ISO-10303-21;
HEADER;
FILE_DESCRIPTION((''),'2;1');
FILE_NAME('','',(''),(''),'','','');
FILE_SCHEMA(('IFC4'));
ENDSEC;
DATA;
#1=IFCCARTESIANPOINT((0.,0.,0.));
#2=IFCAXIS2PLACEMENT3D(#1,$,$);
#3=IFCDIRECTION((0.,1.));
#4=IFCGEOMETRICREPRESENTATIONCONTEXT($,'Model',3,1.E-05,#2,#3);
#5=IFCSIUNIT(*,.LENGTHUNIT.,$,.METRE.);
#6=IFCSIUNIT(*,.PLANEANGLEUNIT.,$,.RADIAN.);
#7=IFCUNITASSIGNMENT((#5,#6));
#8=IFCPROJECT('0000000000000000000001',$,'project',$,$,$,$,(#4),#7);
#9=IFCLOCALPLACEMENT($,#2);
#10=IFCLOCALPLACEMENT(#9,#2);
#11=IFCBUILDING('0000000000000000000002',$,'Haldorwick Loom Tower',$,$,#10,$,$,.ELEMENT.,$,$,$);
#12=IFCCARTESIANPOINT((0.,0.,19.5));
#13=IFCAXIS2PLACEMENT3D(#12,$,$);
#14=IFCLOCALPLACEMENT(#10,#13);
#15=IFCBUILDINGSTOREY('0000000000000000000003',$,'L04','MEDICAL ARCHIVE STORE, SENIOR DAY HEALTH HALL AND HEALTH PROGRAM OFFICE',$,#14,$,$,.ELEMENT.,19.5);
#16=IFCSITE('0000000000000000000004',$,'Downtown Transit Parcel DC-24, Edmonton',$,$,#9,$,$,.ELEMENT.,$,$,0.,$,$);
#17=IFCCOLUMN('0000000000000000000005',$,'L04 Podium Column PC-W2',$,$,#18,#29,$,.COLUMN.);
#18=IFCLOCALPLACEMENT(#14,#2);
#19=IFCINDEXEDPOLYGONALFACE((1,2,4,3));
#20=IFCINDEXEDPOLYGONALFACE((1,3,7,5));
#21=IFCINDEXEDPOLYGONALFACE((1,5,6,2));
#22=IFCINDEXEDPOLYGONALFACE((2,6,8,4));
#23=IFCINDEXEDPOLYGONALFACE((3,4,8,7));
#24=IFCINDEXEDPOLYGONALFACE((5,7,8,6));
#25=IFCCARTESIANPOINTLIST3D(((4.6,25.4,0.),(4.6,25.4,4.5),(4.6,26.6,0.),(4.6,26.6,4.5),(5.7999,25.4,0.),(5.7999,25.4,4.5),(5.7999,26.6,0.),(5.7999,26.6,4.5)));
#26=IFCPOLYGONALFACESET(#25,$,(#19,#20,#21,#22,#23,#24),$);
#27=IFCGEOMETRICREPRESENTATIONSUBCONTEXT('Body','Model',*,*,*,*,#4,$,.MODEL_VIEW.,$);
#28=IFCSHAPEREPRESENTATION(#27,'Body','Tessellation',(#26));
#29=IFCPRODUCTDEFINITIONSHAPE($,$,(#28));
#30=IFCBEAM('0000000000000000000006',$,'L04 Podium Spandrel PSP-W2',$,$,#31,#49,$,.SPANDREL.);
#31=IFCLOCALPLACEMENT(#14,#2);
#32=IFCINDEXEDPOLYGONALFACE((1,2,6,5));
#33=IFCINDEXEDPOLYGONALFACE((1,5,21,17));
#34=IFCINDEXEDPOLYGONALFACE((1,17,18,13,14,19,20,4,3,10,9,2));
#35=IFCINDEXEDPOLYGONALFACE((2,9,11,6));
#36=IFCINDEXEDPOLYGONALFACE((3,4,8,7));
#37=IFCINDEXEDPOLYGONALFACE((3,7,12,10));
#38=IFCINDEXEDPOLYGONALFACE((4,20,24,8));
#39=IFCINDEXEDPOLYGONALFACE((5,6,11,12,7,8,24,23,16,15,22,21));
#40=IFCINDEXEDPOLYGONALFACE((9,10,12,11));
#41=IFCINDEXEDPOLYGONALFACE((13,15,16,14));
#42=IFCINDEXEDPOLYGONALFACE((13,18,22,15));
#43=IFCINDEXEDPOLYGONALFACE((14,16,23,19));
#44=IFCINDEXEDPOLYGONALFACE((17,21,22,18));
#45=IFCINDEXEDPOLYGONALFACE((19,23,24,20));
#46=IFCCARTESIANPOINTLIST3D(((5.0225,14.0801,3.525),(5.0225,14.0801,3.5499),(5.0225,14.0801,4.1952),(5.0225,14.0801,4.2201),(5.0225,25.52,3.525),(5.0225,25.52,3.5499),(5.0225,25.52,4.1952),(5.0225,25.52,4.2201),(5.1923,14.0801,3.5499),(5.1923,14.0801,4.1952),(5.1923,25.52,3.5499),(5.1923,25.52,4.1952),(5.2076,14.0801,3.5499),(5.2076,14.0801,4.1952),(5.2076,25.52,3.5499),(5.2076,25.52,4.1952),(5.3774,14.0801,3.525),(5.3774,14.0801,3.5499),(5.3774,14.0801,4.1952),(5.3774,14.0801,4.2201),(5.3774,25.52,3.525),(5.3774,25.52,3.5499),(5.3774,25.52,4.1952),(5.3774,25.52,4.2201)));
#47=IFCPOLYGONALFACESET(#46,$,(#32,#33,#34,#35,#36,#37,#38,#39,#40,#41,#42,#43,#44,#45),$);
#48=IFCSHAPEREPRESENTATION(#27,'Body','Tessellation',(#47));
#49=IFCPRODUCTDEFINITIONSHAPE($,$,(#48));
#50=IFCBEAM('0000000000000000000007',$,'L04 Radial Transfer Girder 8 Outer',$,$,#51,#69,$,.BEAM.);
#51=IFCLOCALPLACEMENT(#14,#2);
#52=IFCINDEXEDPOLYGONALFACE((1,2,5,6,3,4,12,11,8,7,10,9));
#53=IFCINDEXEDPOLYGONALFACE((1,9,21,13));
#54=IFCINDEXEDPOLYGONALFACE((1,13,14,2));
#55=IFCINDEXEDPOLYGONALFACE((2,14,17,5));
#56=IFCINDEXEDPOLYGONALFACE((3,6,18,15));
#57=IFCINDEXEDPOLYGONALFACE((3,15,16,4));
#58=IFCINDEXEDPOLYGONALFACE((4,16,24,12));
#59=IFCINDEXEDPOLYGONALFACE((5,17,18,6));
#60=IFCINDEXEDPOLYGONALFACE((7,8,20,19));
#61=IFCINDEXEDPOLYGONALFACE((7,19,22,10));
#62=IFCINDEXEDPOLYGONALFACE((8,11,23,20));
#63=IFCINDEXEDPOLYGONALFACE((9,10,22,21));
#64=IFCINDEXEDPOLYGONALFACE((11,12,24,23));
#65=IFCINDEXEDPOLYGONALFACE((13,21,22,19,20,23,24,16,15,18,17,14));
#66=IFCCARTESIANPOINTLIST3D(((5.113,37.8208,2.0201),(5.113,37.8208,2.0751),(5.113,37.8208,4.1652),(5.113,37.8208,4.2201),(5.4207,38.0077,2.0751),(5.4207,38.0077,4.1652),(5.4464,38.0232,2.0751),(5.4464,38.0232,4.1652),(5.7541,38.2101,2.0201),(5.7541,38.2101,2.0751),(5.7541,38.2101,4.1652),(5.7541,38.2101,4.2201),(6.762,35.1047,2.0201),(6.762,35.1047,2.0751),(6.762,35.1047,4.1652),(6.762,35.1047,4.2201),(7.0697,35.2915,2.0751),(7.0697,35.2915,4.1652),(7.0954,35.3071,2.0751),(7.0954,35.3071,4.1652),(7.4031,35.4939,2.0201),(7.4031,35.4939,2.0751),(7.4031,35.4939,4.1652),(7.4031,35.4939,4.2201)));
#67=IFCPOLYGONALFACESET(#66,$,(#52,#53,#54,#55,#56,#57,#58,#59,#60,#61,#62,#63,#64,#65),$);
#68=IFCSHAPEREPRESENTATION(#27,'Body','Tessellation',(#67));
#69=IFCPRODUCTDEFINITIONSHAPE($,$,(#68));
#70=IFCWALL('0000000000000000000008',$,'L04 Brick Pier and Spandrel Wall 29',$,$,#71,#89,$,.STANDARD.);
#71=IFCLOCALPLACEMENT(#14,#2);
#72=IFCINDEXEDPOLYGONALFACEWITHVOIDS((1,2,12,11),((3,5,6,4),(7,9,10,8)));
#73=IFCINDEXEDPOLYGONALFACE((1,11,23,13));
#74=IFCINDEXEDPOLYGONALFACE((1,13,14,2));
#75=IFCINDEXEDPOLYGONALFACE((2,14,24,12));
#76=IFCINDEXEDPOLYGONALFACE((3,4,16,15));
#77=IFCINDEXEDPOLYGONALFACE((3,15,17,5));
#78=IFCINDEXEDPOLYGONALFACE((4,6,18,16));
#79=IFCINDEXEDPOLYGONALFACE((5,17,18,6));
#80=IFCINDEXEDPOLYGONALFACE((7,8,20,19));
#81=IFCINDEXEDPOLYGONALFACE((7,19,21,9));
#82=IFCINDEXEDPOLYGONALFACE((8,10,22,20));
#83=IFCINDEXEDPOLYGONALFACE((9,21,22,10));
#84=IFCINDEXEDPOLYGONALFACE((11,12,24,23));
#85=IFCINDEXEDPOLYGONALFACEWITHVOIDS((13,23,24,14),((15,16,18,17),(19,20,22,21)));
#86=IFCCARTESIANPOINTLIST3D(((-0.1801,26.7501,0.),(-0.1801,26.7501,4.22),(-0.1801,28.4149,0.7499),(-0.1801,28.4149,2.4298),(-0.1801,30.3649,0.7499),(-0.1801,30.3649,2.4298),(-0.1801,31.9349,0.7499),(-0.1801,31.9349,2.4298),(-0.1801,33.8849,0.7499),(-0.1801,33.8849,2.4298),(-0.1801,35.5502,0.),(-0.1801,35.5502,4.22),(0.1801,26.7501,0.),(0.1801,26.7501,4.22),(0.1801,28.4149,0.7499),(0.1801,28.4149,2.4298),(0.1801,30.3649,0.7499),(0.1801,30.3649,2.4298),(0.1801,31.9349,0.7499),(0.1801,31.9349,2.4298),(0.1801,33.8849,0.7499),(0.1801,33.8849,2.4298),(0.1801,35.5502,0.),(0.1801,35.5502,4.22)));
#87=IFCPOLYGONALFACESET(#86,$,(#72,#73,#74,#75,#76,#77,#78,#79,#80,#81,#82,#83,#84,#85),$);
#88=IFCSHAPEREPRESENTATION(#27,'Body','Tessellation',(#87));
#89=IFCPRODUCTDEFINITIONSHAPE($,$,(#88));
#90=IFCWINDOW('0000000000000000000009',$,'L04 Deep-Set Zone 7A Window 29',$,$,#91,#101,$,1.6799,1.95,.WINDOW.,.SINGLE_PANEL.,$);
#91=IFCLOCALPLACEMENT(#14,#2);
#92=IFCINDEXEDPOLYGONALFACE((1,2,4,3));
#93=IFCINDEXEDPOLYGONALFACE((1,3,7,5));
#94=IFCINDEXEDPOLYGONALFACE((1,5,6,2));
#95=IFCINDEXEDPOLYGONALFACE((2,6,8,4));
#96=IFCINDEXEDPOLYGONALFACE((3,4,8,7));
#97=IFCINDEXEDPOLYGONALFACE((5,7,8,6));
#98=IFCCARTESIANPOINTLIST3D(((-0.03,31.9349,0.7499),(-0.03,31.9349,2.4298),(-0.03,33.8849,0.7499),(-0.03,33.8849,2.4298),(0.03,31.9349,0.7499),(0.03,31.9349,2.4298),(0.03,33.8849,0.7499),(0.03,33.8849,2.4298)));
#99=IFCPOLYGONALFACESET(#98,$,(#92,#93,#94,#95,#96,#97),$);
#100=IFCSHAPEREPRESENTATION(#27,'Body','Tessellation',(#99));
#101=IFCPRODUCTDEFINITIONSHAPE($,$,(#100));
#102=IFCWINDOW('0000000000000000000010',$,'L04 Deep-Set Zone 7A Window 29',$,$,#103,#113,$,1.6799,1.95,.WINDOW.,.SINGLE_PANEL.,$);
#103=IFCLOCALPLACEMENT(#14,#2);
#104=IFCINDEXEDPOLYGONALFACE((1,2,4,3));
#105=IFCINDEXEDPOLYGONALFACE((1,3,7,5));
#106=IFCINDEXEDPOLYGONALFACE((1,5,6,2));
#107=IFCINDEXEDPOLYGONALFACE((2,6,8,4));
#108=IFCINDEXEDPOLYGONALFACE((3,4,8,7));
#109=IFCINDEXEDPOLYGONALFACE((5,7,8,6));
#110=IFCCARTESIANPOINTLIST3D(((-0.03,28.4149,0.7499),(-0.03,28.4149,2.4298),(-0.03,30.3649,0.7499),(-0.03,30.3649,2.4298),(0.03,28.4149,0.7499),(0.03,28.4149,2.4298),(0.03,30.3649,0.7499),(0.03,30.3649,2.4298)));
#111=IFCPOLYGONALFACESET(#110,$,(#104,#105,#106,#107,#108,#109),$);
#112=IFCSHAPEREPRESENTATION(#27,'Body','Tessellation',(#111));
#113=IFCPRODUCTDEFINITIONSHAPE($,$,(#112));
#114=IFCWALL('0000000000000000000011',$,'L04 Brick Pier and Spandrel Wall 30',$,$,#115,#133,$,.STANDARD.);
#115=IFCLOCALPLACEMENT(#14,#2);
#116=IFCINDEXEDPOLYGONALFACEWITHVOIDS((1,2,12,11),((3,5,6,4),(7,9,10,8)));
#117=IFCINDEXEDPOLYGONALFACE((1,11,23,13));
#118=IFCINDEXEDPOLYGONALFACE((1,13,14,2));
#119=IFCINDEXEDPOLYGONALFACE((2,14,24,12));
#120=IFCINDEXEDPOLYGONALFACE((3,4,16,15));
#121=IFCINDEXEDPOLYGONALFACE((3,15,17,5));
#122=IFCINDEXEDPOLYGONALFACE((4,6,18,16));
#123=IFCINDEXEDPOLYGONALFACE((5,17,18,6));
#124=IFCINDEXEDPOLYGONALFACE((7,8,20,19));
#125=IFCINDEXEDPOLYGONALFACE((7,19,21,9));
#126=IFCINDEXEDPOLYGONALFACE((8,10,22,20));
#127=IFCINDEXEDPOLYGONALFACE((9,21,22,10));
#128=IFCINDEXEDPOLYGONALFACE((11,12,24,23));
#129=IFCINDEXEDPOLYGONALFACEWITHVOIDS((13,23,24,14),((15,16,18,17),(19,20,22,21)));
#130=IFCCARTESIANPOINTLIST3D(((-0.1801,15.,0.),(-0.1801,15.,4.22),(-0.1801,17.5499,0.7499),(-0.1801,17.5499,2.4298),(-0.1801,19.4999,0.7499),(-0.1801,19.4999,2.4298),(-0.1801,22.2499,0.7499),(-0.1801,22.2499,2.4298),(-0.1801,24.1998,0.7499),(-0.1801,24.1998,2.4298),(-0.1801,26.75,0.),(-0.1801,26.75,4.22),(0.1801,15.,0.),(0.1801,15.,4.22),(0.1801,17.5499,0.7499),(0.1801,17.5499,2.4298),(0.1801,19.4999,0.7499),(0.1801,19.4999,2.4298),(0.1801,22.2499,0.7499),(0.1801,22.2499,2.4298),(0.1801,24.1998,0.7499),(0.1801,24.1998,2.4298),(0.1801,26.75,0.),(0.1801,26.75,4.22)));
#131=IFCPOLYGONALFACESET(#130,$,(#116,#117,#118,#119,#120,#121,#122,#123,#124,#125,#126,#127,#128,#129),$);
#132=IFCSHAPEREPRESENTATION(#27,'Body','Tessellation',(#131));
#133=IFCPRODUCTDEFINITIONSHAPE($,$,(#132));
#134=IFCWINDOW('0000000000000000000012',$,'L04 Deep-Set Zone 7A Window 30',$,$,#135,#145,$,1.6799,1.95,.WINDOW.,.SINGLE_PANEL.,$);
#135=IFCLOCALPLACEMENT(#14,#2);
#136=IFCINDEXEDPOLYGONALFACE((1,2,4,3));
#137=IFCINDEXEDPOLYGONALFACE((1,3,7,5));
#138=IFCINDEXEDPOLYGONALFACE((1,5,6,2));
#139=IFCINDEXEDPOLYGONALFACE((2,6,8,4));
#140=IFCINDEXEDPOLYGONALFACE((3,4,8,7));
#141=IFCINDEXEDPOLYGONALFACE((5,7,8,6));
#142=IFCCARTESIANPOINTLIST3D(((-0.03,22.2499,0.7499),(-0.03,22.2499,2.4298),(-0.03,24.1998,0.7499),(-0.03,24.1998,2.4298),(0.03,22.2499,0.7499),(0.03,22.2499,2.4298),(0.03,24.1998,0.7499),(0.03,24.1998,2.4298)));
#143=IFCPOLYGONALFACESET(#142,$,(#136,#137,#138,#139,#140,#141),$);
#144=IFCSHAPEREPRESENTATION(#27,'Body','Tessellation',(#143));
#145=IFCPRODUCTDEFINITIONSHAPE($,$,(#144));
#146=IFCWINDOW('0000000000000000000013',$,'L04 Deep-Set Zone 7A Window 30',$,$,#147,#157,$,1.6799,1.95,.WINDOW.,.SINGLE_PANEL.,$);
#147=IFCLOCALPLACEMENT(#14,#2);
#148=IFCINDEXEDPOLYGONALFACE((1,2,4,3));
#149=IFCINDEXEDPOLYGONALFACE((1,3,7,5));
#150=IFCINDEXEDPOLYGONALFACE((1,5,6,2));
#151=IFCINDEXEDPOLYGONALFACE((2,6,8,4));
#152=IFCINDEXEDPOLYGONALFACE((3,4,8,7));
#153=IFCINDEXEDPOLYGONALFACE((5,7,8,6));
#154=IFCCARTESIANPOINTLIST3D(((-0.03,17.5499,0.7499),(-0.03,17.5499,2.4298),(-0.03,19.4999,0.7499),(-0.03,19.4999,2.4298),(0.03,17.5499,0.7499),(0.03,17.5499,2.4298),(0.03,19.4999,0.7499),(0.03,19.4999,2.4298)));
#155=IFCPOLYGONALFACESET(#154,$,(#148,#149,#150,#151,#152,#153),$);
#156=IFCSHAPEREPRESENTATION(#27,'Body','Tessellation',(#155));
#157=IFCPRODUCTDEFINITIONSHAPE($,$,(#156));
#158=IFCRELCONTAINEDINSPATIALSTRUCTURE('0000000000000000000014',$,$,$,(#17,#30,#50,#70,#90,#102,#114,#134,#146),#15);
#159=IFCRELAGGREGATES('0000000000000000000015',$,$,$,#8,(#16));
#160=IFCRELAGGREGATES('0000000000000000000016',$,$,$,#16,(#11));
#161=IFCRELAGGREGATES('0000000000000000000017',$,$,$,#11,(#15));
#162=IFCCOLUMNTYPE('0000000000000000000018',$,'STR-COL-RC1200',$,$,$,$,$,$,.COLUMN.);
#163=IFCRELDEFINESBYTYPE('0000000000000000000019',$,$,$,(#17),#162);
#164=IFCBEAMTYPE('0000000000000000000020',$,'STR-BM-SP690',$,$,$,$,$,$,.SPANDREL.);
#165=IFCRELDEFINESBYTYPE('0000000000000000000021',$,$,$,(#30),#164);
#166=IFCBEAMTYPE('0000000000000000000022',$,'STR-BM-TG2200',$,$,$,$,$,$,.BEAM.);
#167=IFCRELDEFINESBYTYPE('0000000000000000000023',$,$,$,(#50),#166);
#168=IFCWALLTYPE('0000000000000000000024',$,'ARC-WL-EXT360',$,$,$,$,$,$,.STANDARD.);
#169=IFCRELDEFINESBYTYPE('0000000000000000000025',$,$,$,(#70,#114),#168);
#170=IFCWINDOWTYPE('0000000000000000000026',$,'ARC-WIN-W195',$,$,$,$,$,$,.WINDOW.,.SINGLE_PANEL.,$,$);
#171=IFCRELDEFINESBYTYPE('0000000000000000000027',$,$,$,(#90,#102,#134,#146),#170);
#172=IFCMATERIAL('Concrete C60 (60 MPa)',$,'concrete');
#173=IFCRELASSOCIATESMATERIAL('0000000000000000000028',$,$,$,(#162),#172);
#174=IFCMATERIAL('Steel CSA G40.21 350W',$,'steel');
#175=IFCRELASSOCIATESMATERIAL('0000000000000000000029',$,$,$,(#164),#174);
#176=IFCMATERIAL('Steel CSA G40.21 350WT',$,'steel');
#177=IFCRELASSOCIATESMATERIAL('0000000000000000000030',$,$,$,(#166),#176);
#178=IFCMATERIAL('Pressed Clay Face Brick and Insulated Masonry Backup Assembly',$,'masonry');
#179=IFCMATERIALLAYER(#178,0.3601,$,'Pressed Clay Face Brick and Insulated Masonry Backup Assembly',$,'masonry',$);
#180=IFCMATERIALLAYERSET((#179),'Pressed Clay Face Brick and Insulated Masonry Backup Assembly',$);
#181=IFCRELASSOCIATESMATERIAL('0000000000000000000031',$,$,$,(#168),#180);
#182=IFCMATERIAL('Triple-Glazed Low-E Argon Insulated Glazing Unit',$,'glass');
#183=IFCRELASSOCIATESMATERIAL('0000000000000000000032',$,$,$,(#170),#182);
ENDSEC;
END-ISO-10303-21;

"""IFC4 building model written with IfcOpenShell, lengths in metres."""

from ifc_helpers import new_model, si_unit, direction, frame, frame_2d, origin, origin_2d, place, context, subcontext, project, spatial, rectangle, i_section, extrude, material, layer, layer_set, material_profile, profile_set, type_object, element, fill, save


model = new_model("IFC4")

# Units and contexts
model_context = context("Model", 3, precision=1e-05, world=origin(), true_north=direction((0.0, 1.0)))
body_context = subcontext(model_context, "Body", "Model", "MODEL_VIEW")
ifc_project = project(units=[si_unit("LENGTHUNIT", "METRE"), si_unit("PLANEANGLEUNIT", "RADIAN")], contexts=[model_context])

# Site, building, storey
site_placement = place(None, origin())
site = spatial("IfcSite", under=ifc_project, at=site_placement, Name="Downtown Transit Parcel DC-24, Edmonton", CompositionType="ELEMENT", RefElevation=0.0)
building_placement = place(site_placement, origin())
building = spatial("IfcBuilding", under=site, at=building_placement, Name="Haldorwick Loom Tower", CompositionType="ELEMENT")
storey_placement = place(building_placement, frame((0.0, 0.0, 19.5)))
storey = spatial("IfcBuildingStorey", under=building, at=storey_placement, Name="L04", Description="MEDICAL ARCHIVE STORE, SENIOR DAY HEALTH HALL AND HEALTH PROGRAM OFFICE", CompositionType="ELEMENT", Elevation=19.5)

# Column
ifc_material_1 = material(Name="Concrete C60 (60 MPa)", Category="concrete")
ifc_material_profile_1 = material_profile(ifc_material_1, rectangle(XDim=1.2, YDim=1.2, at=origin_2d()), Name="RC1200X1200", Category="concrete")
ifc_profile_set_1 = profile_set([ifc_material_profile_1], Name="Concrete C60 (60 MPa)")
column_type = type_object("IfcColumnType", Name="STR-COL-RC1200", PredefinedType="COLUMN", material=ifc_profile_set_1)
column_placement = place(storey_placement, frame((5.2, 26.0, 0.0), z_axis=(0.0, 0.0, 1.0), x_axis=(1.0, 0.0, 0.0)))
element("IfcColumn", 1, at=column_placement, inside=storey, type_object=column_type, Name="L04 Podium Column PC-W2", PredefinedType="COLUMN", context=body_context, shape_type="SweptSolid", body=[
    extrude(rectangle(XDim=1.2, YDim=1.2, at=origin_2d()), origin(), (0.0, 0.0, 1.0), 4.5),
])

# Beams
ifc_material_2 = material(Name="Steel CSA G40.21 350W", Category="steel")
ifc_material_profile_2 = material_profile(ifc_material_2, i_section(OverallWidth=0.355, OverallDepth=0.6951, WebThickness=0.0154, FlangeThickness=0.0249, at=origin_2d()), Name="W690X217", Category="steel")
ifc_profile_set_2 = profile_set([ifc_material_profile_2], Name="Steel CSA G40.21 350W")
beam_type_1 = type_object("IfcBeamType", Name="STR-BM-SP690", PredefinedType="SPANDREL", material=ifc_profile_set_2)
beam_1_placement = place(storey_placement, frame((5.2, 25.52, 3.8726), z_axis=(0.0, -1.0, 0.0), x_axis=(1.0, 0.0, 0.0)))
element("IfcBeam", 2, at=beam_1_placement, inside=storey, type_object=beam_type_1, Name="L04 Podium Spandrel PSP-W2", PredefinedType="SPANDREL", context=body_context, shape_type="SweptSolid", body=[
    extrude(i_section(OverallWidth=0.355, OverallDepth=0.6951, WebThickness=0.0154, FlangeThickness=0.0249, at=origin_2d()), origin(), (0.0, 0.0, 1.0), 11.4399),
])
ifc_material_3 = material(Name="Steel CSA G40.21 350WT", Category="steel")
ifc_material_profile_3 = material_profile(ifc_material_3, i_section(OverallWidth=0.75, OverallDepth=2.2, WebThickness=0.03, FlangeThickness=0.0549, at=origin_2d()), Name="WWF2200X750", Category="steel")
ifc_profile_set_3 = profile_set([ifc_material_profile_3], Name="Steel CSA G40.21 350WT")
beam_type_2 = type_object("IfcBeamType", Name="STR-BM-TG2200", PredefinedType="BEAM", material=ifc_profile_set_3)
beam_2_placement = place(storey_placement, frame((7.0825, 35.2993, 3.1201), z_axis=(-0.518952, 0.854803, 0.0), x_axis=(-0.854803, -0.518952, 0.0)))
element("IfcBeam", 3, at=beam_2_placement, inside=storey, type_object=beam_type_2, Name="L04 Radial Transfer Girder 8 Outer", PredefinedType="BEAM", context=body_context, shape_type="SweptSolid", body=[
    extrude(i_section(OverallWidth=0.75, OverallDepth=2.2, WebThickness=0.03, FlangeThickness=0.0549, at=origin_2d()), origin(), (0.0, 0.0, 1.0), 3.1775),
])

# Walls, openings, windows
ifc_material_4 = material(Name="Pressed Clay Face Brick and Insulated Masonry Backup Assembly", Category="masonry")
ifc_layer_1 = layer(ifc_material_4, 0.3601, Name="Pressed Clay Face Brick and Insulated Masonry Backup Assembly", Category="masonry")
ifc_layer_set_1 = layer_set([ifc_layer_1], Name="Pressed Clay Face Brick and Insulated Masonry Backup Assembly")
wall_type_1 = type_object("IfcWallType", Name="ARC-WL-EXT360", PredefinedType="STANDARD", material=ifc_layer_set_1)
wall_1_placement = place(storey_placement, frame((0.0, 35.55, 0.0), z_axis=(0.0, 0.0, 1.0), x_axis=(0.0, -1.0, 0.0)))
wall_1 = element("IfcWall", 4, at=wall_1_placement, inside=storey, type_object=wall_type_1, Name="L04 Brick Pier and Spandrel Wall 29", PredefinedType="STANDARD", context=body_context, shape_type="SweptSolid", body=[
    extrude(rectangle(XDim=8.8, YDim=0.3601, at=frame_2d((4.3999, 0.0))), origin(), (0.0, 0.0, 1.0), 4.22),
])
opening_1_placement = place(wall_1_placement, frame((1.665, 0.0, 0.75)))
opening_1 = element("IfcOpeningElement", 5, at=opening_1_placement, cuts=wall_1, PredefinedType="OPENING", context=body_context, shape_type="SweptSolid", body=[
    extrude(rectangle(XDim=1.95, YDim=1.6799, at=frame_2d((0.9751, 0.8398))), frame((0.0, 0.1899, 0.0), z_axis=(0.0, -1.0, 0.0), x_axis=(1.0, 0.0, 0.0)), (0.0, 0.0, 1.0), 0.3801),
])
opening_2_placement = place(wall_1_placement, frame((5.1851, 0.0, 0.75)))
opening_2 = element("IfcOpeningElement", 6, at=opening_2_placement, cuts=wall_1, PredefinedType="OPENING", context=body_context, shape_type="SweptSolid", body=[
    extrude(rectangle(XDim=1.95, YDim=1.6799, at=frame_2d((0.9751, 0.8398))), frame((0.0, 0.1899, 0.0), z_axis=(0.0, -1.0, 0.0), x_axis=(1.0, 0.0, 0.0)), (0.0, 0.0, 1.0), 0.3801),
])
ifc_material_5 = material(Name="Triple-Glazed Low-E Argon Insulated Glazing Unit", Category="glass")
window_type = type_object("IfcWindowType", Name="ARC-WIN-W195", PartitioningType="SINGLE_PANEL", PredefinedType="WINDOW", material=ifc_material_5)
window_1_placement = place(opening_1_placement, origin())
window_1 = element("IfcWindow", 7, at=window_1_placement, inside=storey, type_object=window_type, Name="L04 Deep-Set Zone 7A Window 29", OverallHeight=1.6799, OverallWidth=1.95, PartitioningType="SINGLE_PANEL", PredefinedType="WINDOW", context=body_context, shape_type="SweptSolid", body=[
    extrude(rectangle(XDim=1.95, YDim=1.6799, at=frame_2d((0.9751, 0.8398))), frame((0.0, 0.03, 0.0), z_axis=(0.0, -1.0, 0.0), x_axis=(1.0, 0.0, 0.0)), (0.0, 0.0, 1.0), 0.0601),
])
fill(opening_1, window_1)
window_2_placement = place(opening_2_placement, origin())
window_2 = element("IfcWindow", 8, at=window_2_placement, inside=storey, type_object=window_type, Name="L04 Deep-Set Zone 7A Window 29", OverallHeight=1.6799, OverallWidth=1.95, PartitioningType="SINGLE_PANEL", PredefinedType="WINDOW", context=body_context, shape_type="SweptSolid", body=[
    extrude(rectangle(XDim=1.95, YDim=1.6799, at=frame_2d((0.9751, 0.8398))), frame((0.0, 0.03, 0.0), z_axis=(0.0, -1.0, 0.0), x_axis=(1.0, 0.0, 0.0)), (0.0, 0.0, 1.0), 0.0601),
])
fill(opening_2, window_2)
wall_2_placement = place(storey_placement, frame((0.0, 26.75, 0.0), z_axis=(0.0, 0.0, 1.0), x_axis=(0.0, -1.0, 0.0)))
wall_2 = element("IfcWall", 9, at=wall_2_placement, inside=storey, type_object=wall_type_1, Name="L04 Brick Pier and Spandrel Wall 30", PredefinedType="STANDARD", context=body_context, shape_type="SweptSolid", body=[
    extrude(rectangle(XDim=11.75, YDim=0.3601, at=frame_2d((5.875, 0.0))), origin(), (0.0, 0.0, 1.0), 4.22),
])
opening_3_placement = place(wall_2_placement, frame((2.55, 0.0, 0.75)))
opening_3 = element("IfcOpeningElement", 10, at=opening_3_placement, cuts=wall_2, PredefinedType="OPENING", context=body_context, shape_type="SweptSolid", body=[
    extrude(rectangle(XDim=1.95, YDim=1.6799, at=frame_2d((0.9751, 0.8398))), frame((0.0, 0.1899, 0.0), z_axis=(0.0, -1.0, 0.0), x_axis=(1.0, 0.0, 0.0)), (0.0, 0.0, 1.0), 0.3801),
])
opening_4_placement = place(wall_2_placement, frame((7.25, 0.0, 0.75)))
opening_4 = element("IfcOpeningElement", 11, at=opening_4_placement, cuts=wall_2, PredefinedType="OPENING", context=body_context, shape_type="SweptSolid", body=[
    extrude(rectangle(XDim=1.95, YDim=1.6799, at=frame_2d((0.9751, 0.8398))), frame((0.0, 0.1899, 0.0), z_axis=(0.0, -1.0, 0.0), x_axis=(1.0, 0.0, 0.0)), (0.0, 0.0, 1.0), 0.3801),
])
window_3_placement = place(opening_3_placement, origin())
window_3 = element("IfcWindow", 12, at=window_3_placement, inside=storey, type_object=window_type, Name="L04 Deep-Set Zone 7A Window 30", OverallHeight=1.6799, OverallWidth=1.95, PartitioningType="SINGLE_PANEL", PredefinedType="WINDOW", context=body_context, shape_type="SweptSolid", body=[
    extrude(rectangle(XDim=1.95, YDim=1.6799, at=frame_2d((0.9751, 0.8398))), frame((0.0, 0.03, 0.0), z_axis=(0.0, -1.0, 0.0), x_axis=(1.0, 0.0, 0.0)), (0.0, 0.0, 1.0), 0.0601),
])
fill(opening_3, window_3)
window_4_placement = place(opening_4_placement, origin())
window_4 = element("IfcWindow", 13, at=window_4_placement, inside=storey, type_object=window_type, Name="L04 Deep-Set Zone 7A Window 30", OverallHeight=1.6799, OverallWidth=1.95, PartitioningType="SINGLE_PANEL", PredefinedType="WINDOW", context=body_context, shape_type="SweptSolid", body=[
    extrude(rectangle(XDim=1.95, YDim=1.6799, at=frame_2d((0.9751, 0.8398))), frame((0.0, 0.03, 0.0), z_axis=(0.0, -1.0, 0.0), x_axis=(1.0, 0.0, 0.0)), (0.0, 0.0, 1.0), 0.0601),
])
fill(opening_4, window_4)

save(model, "model.ifc")
